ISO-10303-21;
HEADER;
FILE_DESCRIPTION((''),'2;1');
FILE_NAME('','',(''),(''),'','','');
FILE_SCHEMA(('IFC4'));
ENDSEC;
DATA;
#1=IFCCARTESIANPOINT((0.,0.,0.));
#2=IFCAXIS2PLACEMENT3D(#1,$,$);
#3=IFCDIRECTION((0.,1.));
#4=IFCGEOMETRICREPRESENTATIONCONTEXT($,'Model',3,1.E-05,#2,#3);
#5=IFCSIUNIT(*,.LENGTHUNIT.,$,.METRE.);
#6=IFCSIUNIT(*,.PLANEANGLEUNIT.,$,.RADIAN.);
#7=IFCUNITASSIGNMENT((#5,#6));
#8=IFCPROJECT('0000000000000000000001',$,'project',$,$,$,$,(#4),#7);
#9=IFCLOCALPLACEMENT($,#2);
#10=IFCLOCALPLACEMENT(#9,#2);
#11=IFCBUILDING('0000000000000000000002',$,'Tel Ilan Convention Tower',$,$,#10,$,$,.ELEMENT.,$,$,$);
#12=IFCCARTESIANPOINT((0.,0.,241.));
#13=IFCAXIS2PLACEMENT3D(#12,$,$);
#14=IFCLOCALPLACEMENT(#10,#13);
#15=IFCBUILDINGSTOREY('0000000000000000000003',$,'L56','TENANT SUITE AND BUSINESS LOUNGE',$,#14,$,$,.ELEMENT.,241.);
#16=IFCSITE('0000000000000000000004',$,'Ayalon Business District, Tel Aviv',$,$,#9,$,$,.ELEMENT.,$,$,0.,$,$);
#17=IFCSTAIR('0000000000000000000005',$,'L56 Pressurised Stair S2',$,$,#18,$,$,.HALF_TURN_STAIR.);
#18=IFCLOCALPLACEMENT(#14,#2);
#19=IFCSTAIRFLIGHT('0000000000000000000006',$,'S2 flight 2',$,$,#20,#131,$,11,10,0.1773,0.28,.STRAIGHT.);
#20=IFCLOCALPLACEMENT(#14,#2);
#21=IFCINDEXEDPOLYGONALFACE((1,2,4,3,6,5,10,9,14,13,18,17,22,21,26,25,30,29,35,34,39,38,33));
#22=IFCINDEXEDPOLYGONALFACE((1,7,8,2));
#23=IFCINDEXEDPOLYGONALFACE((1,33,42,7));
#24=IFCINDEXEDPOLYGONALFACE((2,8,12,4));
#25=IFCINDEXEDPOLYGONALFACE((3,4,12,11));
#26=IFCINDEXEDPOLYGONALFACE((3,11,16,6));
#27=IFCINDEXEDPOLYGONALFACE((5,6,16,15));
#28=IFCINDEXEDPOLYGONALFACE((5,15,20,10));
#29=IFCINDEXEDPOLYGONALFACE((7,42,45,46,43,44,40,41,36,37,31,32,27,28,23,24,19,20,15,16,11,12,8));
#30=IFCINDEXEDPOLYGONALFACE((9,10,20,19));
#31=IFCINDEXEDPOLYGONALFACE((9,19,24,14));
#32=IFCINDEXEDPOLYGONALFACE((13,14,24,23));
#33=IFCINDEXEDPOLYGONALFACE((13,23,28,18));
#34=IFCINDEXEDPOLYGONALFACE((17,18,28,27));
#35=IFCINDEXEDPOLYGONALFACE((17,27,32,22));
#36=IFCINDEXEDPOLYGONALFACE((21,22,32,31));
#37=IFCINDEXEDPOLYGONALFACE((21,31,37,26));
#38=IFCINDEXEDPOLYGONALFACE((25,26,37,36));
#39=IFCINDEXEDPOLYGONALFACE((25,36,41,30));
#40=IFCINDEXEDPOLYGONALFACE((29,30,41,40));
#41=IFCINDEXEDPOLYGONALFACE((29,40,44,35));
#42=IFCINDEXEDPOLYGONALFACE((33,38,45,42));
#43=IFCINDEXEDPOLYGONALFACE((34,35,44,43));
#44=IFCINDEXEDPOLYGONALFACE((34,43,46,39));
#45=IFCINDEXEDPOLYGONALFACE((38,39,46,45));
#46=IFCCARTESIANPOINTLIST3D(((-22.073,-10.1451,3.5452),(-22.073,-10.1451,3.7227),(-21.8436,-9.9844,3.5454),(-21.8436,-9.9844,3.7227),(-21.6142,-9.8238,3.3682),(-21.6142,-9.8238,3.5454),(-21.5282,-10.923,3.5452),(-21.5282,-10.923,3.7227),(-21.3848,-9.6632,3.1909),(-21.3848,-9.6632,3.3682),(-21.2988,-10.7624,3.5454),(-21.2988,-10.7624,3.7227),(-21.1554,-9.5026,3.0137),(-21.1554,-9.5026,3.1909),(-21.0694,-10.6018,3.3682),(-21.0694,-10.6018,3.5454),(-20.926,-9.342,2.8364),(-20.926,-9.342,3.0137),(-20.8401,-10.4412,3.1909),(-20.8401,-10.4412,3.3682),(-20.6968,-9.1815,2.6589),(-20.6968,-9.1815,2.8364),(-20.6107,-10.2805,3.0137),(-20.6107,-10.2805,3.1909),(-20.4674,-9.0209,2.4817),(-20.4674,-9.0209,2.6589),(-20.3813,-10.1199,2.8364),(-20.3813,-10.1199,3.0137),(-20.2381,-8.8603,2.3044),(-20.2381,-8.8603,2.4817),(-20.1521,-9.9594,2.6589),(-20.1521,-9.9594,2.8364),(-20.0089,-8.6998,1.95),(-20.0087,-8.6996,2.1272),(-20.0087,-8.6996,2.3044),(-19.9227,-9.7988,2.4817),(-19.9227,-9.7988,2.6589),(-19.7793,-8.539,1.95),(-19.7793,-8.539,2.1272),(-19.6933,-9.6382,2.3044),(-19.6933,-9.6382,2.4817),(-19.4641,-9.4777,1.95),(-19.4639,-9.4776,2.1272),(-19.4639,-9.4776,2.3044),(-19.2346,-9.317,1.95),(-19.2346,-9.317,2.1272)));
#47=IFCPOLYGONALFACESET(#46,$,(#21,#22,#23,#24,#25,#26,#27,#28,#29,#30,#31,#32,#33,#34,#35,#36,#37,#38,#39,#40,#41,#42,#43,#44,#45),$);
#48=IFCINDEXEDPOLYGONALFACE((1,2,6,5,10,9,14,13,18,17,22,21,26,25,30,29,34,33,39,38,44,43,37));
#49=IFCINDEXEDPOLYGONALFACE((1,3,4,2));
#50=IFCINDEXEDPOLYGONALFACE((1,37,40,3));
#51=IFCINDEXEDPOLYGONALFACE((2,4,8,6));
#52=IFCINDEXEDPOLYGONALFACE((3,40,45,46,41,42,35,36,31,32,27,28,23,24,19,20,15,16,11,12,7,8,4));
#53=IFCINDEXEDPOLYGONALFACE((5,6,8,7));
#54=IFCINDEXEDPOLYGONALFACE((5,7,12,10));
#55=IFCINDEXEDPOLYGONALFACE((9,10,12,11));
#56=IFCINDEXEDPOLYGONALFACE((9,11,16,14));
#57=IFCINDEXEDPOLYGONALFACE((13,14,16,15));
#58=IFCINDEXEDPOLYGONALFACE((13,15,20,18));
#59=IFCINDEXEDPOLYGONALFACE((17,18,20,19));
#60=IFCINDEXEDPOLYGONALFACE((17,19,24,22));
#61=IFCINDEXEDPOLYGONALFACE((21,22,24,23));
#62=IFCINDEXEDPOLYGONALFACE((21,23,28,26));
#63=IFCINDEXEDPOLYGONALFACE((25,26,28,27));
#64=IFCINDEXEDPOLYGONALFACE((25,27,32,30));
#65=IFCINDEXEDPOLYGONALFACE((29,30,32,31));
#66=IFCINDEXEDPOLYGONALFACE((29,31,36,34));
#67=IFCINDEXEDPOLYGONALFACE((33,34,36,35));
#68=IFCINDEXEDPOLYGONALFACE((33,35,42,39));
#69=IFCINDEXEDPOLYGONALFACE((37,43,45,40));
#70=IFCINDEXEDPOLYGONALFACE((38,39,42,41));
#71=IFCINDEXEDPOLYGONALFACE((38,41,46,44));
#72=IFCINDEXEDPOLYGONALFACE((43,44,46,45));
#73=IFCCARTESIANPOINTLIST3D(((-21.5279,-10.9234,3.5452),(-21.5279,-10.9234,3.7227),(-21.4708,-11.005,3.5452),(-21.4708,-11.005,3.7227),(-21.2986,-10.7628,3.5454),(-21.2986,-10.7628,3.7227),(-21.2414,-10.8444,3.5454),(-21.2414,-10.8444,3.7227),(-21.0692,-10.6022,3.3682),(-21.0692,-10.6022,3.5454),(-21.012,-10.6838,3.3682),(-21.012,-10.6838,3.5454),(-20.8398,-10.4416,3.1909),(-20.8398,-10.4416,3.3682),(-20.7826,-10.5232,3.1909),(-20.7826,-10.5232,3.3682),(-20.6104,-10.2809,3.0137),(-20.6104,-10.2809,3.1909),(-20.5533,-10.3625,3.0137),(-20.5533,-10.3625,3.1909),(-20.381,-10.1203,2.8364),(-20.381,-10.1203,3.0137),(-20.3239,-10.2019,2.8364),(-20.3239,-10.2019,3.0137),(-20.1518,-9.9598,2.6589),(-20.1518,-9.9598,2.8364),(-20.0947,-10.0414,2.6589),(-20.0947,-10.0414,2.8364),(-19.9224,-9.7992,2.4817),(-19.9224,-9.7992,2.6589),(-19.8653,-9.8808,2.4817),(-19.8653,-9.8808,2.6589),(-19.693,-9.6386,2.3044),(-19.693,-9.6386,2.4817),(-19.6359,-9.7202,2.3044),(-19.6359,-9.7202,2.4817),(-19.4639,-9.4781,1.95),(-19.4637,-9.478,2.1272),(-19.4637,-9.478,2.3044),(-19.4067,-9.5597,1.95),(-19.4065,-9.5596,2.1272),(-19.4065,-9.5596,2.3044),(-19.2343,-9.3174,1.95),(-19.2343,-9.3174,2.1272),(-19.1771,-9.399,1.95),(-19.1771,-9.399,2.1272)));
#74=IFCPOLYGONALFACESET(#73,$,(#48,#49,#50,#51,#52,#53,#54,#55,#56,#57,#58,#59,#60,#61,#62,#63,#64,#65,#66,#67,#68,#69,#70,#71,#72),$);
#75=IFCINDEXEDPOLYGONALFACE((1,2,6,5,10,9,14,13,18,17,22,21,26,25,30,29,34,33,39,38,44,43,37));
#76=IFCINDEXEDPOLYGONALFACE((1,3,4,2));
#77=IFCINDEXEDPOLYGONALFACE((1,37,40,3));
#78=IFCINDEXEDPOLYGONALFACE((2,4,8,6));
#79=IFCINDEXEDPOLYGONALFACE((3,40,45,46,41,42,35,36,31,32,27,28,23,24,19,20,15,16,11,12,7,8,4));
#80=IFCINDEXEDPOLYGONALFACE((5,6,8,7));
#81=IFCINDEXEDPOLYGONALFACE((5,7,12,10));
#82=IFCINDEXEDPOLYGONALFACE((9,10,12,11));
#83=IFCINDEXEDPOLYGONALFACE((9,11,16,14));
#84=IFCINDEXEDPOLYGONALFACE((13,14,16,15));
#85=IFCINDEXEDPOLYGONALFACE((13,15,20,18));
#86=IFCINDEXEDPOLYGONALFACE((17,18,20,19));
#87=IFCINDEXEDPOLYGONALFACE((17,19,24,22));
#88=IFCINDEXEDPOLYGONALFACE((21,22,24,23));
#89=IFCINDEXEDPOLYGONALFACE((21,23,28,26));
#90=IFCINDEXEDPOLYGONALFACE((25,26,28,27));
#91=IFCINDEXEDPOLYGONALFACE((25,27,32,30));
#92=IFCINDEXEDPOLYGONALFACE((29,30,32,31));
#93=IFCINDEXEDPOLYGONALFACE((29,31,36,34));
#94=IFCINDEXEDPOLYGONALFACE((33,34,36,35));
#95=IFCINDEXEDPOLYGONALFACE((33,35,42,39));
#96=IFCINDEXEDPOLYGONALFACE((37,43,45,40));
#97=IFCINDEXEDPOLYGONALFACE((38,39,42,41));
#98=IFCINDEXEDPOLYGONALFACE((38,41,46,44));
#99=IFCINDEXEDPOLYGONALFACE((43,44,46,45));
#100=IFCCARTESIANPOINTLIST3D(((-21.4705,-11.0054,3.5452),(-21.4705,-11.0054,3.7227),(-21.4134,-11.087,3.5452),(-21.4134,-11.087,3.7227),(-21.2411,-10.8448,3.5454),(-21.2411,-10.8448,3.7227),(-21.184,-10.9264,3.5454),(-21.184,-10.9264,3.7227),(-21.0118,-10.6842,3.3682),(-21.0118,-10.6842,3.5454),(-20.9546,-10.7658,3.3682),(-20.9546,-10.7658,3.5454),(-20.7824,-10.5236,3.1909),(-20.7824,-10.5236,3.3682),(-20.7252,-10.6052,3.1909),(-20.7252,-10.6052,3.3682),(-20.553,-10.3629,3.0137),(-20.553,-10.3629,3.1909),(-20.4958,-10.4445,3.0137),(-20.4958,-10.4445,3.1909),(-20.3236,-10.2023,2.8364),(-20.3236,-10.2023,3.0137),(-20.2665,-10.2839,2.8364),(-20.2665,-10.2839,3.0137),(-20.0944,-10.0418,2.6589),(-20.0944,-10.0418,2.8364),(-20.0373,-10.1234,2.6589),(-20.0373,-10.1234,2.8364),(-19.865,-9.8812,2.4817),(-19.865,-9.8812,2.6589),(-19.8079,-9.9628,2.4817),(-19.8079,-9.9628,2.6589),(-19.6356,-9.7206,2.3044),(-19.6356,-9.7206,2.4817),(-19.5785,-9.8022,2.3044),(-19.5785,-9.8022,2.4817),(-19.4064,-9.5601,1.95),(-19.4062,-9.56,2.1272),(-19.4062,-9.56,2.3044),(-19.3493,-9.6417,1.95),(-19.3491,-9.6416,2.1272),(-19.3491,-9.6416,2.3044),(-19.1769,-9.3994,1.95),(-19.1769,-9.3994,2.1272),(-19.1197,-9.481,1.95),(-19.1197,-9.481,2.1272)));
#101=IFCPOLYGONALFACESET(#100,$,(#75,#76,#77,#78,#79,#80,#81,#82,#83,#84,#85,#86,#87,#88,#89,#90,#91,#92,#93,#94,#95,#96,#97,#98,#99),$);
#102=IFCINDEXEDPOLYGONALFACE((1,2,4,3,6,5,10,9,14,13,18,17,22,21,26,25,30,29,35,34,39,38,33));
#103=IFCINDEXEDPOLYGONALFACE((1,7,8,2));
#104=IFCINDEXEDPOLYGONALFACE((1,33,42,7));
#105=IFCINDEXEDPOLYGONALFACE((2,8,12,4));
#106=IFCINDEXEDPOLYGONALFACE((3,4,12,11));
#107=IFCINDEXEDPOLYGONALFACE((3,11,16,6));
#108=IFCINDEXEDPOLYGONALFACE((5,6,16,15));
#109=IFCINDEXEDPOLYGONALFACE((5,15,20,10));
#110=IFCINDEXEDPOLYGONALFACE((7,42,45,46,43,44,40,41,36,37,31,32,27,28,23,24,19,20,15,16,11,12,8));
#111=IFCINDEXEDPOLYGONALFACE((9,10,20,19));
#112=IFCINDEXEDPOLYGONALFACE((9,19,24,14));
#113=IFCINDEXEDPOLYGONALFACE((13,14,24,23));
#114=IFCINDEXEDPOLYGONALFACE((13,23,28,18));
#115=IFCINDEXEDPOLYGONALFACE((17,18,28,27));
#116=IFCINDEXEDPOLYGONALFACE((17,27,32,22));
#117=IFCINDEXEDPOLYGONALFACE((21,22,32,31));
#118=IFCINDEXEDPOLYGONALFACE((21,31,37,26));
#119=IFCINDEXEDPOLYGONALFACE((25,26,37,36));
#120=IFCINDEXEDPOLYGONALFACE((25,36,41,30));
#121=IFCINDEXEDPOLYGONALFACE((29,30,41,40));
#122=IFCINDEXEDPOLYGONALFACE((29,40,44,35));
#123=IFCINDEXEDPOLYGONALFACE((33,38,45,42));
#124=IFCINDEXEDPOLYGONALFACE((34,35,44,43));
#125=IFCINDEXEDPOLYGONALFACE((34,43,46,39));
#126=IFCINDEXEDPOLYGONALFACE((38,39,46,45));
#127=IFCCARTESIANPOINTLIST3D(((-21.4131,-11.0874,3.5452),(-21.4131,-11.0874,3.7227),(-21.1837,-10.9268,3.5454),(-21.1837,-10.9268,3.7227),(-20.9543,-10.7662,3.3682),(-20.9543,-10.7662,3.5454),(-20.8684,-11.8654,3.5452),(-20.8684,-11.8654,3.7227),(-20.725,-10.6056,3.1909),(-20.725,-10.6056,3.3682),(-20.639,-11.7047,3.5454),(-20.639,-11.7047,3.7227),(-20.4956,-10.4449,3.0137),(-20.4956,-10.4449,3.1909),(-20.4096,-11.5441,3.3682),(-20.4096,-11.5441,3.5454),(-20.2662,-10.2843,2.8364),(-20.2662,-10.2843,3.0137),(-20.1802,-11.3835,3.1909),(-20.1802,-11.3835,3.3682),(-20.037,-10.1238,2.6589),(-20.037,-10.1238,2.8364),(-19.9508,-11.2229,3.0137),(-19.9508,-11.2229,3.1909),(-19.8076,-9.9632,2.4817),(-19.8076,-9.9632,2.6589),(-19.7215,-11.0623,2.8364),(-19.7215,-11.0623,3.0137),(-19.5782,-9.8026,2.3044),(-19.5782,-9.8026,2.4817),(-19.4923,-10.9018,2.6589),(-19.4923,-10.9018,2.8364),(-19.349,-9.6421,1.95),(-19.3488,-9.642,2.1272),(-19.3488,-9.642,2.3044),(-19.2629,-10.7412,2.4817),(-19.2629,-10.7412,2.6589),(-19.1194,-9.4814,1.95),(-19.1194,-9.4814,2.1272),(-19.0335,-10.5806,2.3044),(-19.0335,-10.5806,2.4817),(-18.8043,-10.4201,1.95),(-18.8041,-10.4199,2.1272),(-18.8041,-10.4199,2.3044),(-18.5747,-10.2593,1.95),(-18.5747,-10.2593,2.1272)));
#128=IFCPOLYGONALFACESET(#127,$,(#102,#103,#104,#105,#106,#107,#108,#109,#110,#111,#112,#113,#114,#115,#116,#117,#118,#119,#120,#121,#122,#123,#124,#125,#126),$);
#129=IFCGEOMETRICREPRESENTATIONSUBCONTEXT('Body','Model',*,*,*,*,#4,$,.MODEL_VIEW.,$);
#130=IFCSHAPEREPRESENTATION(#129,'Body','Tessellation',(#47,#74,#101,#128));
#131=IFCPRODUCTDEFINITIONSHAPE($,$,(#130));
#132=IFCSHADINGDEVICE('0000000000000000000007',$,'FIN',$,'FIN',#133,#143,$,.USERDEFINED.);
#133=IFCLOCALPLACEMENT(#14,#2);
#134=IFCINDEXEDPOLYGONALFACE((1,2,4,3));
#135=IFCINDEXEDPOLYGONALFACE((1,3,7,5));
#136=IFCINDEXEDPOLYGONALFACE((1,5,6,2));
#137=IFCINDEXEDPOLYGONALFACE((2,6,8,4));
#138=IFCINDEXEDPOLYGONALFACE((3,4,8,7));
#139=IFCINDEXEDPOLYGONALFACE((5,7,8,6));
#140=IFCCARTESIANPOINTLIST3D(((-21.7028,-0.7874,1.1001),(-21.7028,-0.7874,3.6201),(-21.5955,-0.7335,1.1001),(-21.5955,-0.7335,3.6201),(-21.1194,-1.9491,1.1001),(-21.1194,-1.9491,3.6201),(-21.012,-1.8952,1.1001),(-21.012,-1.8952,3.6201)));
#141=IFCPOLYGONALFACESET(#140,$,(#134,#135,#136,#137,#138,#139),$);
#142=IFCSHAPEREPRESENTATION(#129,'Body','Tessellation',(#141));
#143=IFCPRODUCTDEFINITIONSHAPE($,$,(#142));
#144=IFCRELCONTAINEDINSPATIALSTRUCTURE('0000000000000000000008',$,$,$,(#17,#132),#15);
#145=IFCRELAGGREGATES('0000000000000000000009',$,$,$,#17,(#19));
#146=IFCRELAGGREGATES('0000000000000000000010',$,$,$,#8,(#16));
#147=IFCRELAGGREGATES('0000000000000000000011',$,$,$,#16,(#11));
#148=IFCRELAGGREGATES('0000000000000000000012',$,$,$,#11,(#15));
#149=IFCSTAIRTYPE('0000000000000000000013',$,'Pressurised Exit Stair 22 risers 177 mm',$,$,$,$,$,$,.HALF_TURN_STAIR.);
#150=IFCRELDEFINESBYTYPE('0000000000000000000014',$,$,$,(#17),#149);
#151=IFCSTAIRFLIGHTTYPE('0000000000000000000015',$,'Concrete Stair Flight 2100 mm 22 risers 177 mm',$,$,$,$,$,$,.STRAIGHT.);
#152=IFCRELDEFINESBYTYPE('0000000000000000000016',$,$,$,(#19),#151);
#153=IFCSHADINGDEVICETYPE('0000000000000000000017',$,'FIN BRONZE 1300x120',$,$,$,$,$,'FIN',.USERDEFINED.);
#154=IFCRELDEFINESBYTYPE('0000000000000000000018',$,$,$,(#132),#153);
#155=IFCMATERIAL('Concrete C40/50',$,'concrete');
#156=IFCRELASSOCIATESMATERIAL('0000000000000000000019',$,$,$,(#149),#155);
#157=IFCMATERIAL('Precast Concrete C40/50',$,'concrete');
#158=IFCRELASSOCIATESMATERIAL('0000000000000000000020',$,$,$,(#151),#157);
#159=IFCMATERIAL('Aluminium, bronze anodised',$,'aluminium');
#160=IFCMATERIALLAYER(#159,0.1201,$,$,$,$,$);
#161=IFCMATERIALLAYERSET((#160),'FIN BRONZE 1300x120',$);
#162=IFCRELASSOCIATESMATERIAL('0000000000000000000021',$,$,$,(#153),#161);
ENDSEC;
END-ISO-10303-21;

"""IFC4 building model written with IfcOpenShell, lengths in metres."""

from ifc_helpers import new_model, si_unit, direction, frame, origin, origin_2d, place, context, subcontext, project, spatial, polyline, rectangle, outline, extrude, material, layer, layer_set, type_object, element, aggregate, save


model = new_model("IFC4")

# Units and contexts
model_context = context("Model", 3, precision=1e-05, world=origin(), true_north=direction((0.0, 1.0)))
body_context = subcontext(model_context, "Body", "Model", "MODEL_VIEW")
ifc_project = project(units=[si_unit("LENGTHUNIT", "METRE"), si_unit("PLANEANGLEUNIT", "RADIAN")], contexts=[model_context])

# Site, building, storey
site_placement = place(None, origin())
site = spatial("IfcSite", under=ifc_project, at=site_placement, Name="Ayalon Business District, Tel Aviv", CompositionType="ELEMENT", RefElevation=0.0)
building_placement = place(site_placement, origin())
building = spatial("IfcBuilding", under=site, at=building_placement, Name="Tel Ilan Convention Tower", CompositionType="ELEMENT")
storey_placement = place(building_placement, frame((0.0, 0.0, 241.0)))
storey = spatial("IfcBuildingStorey", under=building, at=storey_placement, Name="L56", Description="TENANT SUITE AND BUSINESS LOUNGE", CompositionType="ELEMENT", Elevation=241.0)

# Stair, stair flight
ifc_material_1 = material(Name="Concrete C40/50", Category="concrete")
stair_type = type_object("IfcStairType", Name="Pressurised Exit Stair 22 risers 177 mm", PredefinedType="HALF_TURN_STAIR", material=ifc_material_1)
ifc_material_2 = material(Name="Precast Concrete C40/50", Category="concrete")
stair_flight_type = type_object("IfcStairFlightType", Name="Concrete Stair Flight 2100 mm 22 risers 177 mm", PredefinedType="STRAIGHT", material=ifc_material_2)
stair_1_placement = place(storey_placement, origin())
stair_1 = element("IfcStair", 1, at=stair_1_placement, inside=storey, type_object=stair_type, Name="L56 Pressurised Stair S2", PredefinedType="HALF_TURN_STAIR")
stair_flight_1_placement = place(storey_placement, frame((-19.177, -9.3992, 1.95), z_axis=(0.0, 0.0, 1.0), x_axis=(-0.819152, -0.573576, 0.0)))
stair_flight_1 = element("IfcStairFlight", 2, at=stair_flight_1_placement, type_object=stair_flight_type, Name="S2 flight 2", NumberOfRisers=11, NumberOfTreads=10, PredefinedType="STRAIGHT", RiserHeight=0.1773, TreadLength=0.28, context=body_context, shape_type="SweptSolid", body=[
    extrude(outline(polyline([(0.0, 0.0), (0.0, 0.1772), (0.28, 0.1772), (0.28, 0.3545), (0.5601, 0.3545), (0.5601, 0.5317), (0.8401, 0.5317), (0.8401, 0.709), (1.1201, 0.709), (1.1201, 0.8865), (1.3999, 0.8865), (1.3999, 1.0637), (1.6799, 1.0637), (1.6799, 1.241), (1.96, 1.241), (1.96, 1.4182), (2.24, 1.4182), (2.24, 1.5955), (2.52, 1.5955), (2.52, 1.7727), (2.8, 1.7727), (2.8, 1.95), (2.8, 1.5952), (0.2803, 0.0), (0.0, 0.0)])), frame((0.0, -0.1003, 0.0), z_axis=(0.0, -1.0, 0.0), x_axis=(1.0, 0.0, 0.0)), (0.0, 0.0, 1.0), 0.9497),
    extrude(outline(polyline([(0.0, 0.0), (0.0, 0.1772), (0.28, 0.1772), (0.28, 0.3545), (0.5601, 0.3545), (0.5601, 0.5317), (0.8401, 0.5317), (0.8401, 0.709), (1.1201, 0.709), (1.1201, 0.8865), (1.3999, 0.8865), (1.3999, 1.0637), (1.6799, 1.0637), (1.6799, 1.241), (1.96, 1.241), (1.96, 1.4182), (2.24, 1.4182), (2.24, 1.5955), (2.52, 1.5955), (2.52, 1.7727), (2.8, 1.7727), (2.8, 1.95), (2.8, 1.5952), (0.2803, 0.0), (0.0, 0.0)])), frame((0.0, -0.0002, 0.0), z_axis=(0.0, -1.0, 0.0), x_axis=(1.0, 0.0, 0.0)), (0.0, 0.0, 1.0), 0.0996),
    extrude(outline(polyline([(0.0, 0.0), (0.0, 0.1772), (0.28, 0.1772), (0.28, 0.3545), (0.5601, 0.3545), (0.5601, 0.5317), (0.8401, 0.5317), (0.8401, 0.709), (1.1201, 0.709), (1.1201, 0.8865), (1.3999, 0.8865), (1.3999, 1.0637), (1.6799, 1.0637), (1.6799, 1.241), (1.96, 1.241), (1.96, 1.4182), (2.24, 1.4182), (2.24, 1.5955), (2.52, 1.5955), (2.52, 1.7727), (2.8, 1.7727), (2.8, 1.95), (2.8, 1.5952), (0.2803, 0.0), (0.0, 0.0)])), frame((0.0, 0.0999, 0.0), z_axis=(0.0, -1.0, 0.0), x_axis=(1.0, 0.0, 0.0)), (0.0, 0.0, 1.0), 0.0996),
    extrude(outline(polyline([(0.0, 0.0), (0.0, 0.1772), (0.28, 0.1772), (0.28, 0.3545), (0.5601, 0.3545), (0.5601, 0.5317), (0.8401, 0.5317), (0.8401, 0.709), (1.1201, 0.709), (1.1201, 0.8865), (1.3999, 0.8865), (1.3999, 1.0637), (1.6799, 1.0637), (1.6799, 1.241), (1.96, 1.241), (1.96, 1.4182), (2.24, 1.4182), (2.24, 1.5955), (2.52, 1.5955), (2.52, 1.7727), (2.8, 1.7727), (2.8, 1.95), (2.8, 1.5952), (0.2803, 0.0), (0.0, 0.0)])), frame((0.0, 1.05, 0.0), z_axis=(0.0, -1.0, 0.0), x_axis=(1.0, 0.0, 0.0)), (0.0, 0.0, 1.0), 0.9497),
])
aggregate(stair_1, [stair_flight_1])

# Shading device
ifc_material_3 = material(Name="Aluminium, bronze anodised", Category="aluminium")
ifc_layer_1 = layer(ifc_material_3, 0.1201)
ifc_layer_set_1 = layer_set([ifc_layer_1], Name="FIN BRONZE 1300x120")
shading_device_type = type_object("IfcShadingDeviceType", Name="FIN BRONZE 1300x120", ElementType="FIN", PredefinedType="USERDEFINED", material=ifc_layer_set_1)
shading_device_placement = place(storey_placement, frame((-21.3574, -1.3413, 1.1001), z_axis=(0.0, 0.0, 1.0), x_axis=(-0.448799, 0.893633, 0.0)))
element("IfcShadingDevice", 3, at=shading_device_placement, inside=storey, type_object=shading_device_type, Name="FIN", ObjectType="FIN", PredefinedType="USERDEFINED", context=body_context, shape_type="SweptSolid", body=[
    extrude(rectangle(XDim=1.3, YDim=0.1201, at=origin_2d()), origin(), (0.0, 0.0, 1.0), 2.52),
])

save(model, "model.ifc")
